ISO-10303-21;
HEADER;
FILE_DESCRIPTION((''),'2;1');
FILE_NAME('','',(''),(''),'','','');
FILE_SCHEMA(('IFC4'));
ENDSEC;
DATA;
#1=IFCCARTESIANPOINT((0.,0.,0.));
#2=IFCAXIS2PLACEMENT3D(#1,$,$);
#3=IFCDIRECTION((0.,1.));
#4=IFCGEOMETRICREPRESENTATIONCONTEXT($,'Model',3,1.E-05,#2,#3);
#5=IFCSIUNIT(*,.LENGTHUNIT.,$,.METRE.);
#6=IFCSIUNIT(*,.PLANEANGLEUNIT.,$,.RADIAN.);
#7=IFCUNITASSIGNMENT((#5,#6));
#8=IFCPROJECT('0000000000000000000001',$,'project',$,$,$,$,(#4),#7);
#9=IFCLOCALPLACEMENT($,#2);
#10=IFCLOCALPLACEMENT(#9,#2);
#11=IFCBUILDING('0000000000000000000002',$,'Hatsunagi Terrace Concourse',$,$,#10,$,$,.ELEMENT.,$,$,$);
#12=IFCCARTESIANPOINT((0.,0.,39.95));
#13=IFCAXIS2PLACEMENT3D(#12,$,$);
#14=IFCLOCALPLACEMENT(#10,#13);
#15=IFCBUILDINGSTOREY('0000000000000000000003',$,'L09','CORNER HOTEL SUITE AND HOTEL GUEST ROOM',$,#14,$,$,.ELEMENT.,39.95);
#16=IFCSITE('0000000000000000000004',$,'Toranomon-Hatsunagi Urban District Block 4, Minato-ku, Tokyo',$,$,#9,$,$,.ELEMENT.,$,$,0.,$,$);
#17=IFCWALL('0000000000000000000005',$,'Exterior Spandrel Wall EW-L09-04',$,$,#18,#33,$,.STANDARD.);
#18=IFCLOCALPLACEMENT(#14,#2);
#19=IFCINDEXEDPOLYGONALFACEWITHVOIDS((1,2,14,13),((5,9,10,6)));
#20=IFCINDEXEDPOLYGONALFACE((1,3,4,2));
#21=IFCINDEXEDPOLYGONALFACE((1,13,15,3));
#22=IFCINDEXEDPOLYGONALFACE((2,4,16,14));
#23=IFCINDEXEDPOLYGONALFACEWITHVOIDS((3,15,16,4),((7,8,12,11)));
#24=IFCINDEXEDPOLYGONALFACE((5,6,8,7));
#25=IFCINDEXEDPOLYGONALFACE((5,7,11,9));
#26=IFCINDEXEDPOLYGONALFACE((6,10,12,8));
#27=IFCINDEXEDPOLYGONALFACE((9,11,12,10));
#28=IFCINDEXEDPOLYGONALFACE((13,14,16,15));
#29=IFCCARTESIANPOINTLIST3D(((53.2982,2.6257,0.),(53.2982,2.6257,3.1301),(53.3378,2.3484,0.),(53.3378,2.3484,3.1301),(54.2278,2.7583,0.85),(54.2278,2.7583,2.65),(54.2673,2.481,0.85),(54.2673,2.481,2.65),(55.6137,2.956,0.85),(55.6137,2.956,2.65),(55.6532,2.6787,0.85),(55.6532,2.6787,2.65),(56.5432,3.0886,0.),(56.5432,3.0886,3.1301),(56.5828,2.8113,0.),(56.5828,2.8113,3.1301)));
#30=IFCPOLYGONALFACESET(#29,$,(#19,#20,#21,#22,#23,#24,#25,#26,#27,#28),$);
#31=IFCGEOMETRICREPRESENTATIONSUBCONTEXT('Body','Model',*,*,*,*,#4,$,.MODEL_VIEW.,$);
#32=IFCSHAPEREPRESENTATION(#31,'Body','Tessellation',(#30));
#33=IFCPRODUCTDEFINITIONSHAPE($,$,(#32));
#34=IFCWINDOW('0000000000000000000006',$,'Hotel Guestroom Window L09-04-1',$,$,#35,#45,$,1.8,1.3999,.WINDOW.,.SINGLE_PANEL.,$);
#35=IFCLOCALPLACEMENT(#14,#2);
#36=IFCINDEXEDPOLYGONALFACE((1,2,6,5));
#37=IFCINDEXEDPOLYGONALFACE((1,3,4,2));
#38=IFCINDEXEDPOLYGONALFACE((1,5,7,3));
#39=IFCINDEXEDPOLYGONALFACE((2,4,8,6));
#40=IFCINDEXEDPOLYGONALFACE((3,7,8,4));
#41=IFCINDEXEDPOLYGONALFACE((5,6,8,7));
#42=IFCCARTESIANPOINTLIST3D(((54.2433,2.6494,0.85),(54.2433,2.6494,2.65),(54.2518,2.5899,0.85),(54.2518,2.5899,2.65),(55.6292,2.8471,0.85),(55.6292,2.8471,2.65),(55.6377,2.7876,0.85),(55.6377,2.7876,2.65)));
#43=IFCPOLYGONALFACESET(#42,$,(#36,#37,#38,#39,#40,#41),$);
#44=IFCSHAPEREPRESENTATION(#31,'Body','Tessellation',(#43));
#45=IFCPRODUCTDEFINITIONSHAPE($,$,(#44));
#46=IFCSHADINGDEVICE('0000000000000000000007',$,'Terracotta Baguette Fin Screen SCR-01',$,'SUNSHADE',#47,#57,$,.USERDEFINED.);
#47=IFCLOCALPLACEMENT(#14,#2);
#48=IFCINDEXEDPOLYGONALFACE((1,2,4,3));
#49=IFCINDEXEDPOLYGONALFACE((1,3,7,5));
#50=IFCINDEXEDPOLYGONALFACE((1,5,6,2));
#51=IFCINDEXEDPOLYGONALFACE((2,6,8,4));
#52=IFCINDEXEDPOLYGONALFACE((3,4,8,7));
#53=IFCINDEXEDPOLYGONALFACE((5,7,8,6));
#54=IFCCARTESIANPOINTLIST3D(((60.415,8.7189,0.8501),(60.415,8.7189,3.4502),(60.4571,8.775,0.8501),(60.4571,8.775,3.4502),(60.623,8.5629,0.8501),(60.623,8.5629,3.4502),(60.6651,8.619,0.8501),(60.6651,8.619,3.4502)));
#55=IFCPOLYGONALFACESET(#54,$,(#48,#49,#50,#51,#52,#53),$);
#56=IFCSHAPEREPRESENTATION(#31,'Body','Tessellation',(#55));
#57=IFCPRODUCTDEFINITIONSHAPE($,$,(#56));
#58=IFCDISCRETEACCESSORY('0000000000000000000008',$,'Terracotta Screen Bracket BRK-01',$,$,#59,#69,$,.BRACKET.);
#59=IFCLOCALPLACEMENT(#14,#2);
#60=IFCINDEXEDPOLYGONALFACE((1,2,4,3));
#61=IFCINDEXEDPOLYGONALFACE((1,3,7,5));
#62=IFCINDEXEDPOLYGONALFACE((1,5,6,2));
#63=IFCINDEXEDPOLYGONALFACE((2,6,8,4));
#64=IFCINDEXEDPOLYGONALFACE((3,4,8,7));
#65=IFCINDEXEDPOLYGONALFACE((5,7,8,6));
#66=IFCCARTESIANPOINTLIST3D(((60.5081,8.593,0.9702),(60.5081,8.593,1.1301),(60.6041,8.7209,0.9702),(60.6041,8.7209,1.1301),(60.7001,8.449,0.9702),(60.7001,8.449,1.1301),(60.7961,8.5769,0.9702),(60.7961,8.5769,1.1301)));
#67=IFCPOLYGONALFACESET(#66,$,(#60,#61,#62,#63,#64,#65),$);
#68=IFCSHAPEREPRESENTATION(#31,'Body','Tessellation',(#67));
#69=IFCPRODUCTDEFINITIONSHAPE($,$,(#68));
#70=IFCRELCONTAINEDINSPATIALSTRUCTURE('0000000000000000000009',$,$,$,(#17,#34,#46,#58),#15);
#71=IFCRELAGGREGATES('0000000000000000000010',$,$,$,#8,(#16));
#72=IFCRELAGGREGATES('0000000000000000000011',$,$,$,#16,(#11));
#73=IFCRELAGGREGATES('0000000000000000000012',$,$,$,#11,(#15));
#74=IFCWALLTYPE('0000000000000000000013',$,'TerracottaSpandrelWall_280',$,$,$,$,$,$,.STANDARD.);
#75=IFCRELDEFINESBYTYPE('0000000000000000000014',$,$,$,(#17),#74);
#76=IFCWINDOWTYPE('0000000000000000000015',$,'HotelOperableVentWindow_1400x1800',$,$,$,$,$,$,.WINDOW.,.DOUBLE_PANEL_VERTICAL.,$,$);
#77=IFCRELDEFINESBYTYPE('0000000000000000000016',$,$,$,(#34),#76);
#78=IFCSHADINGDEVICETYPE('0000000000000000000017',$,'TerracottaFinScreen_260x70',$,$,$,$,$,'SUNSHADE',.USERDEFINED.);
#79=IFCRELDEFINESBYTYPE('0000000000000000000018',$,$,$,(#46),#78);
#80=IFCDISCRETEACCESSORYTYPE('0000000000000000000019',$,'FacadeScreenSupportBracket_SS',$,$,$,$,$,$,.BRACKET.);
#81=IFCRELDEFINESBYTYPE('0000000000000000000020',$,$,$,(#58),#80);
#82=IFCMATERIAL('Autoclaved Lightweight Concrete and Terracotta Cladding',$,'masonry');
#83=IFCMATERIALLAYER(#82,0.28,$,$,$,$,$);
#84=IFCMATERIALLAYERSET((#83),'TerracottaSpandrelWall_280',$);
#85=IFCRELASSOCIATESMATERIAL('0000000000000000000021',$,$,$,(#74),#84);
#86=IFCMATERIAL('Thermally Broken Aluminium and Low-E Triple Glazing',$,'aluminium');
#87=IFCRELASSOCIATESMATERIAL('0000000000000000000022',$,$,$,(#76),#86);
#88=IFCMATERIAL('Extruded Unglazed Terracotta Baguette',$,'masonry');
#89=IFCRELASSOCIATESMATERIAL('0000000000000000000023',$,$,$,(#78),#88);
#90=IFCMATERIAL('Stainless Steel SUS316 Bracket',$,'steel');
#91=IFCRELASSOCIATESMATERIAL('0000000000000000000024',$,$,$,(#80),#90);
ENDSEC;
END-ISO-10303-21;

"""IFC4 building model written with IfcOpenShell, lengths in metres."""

from ifc_helpers import new_model, si_unit, direction, frame, frame_2d, origin, origin_2d, place, context, subcontext, project, spatial, rectangle, extrude, material, layer, layer_set, type_object, element, fill, save


model = new_model("IFC4")

# Units and contexts
model_context = context("Model", 3, precision=1e-05, world=origin(), true_north=direction((0.0, 1.0)))
body_context = subcontext(model_context, "Body", "Model", "MODEL_VIEW")
ifc_project = project(units=[si_unit("LENGTHUNIT", "METRE"), si_unit("PLANEANGLEUNIT", "RADIAN")], contexts=[model_context])

# Site, building, storey
site_placement = place(None, origin())
site = spatial("IfcSite", under=ifc_project, at=site_placement, Name="Toranomon-Hatsunagi Urban District Block 4, Minato-ku, Tokyo", CompositionType="ELEMENT", RefElevation=0.0)
building_placement = place(site_placement, origin())
building = spatial("IfcBuilding", under=site, at=building_placement, Name="Hatsunagi Terrace Concourse", CompositionType="ELEMENT")
storey_placement = place(building_placement, frame((0.0, 0.0, 39.95)))
storey = spatial("IfcBuildingStorey", under=building, at=storey_placement, Name="L09", Description="CORNER HOTEL SUITE AND HOTEL GUEST ROOM", CompositionType="ELEMENT", Elevation=39.95)

# Wall, opening, window
ifc_material_1 = material(Name="Autoclaved Lightweight Concrete and Terracotta Cladding", Category="masonry")
ifc_layer_1 = layer(ifc_material_1, 0.28)
ifc_layer_set_1 = layer_set([ifc_layer_1], Name="TerracottaSpandrelWall_280")
wall_type_1 = type_object("IfcWallType", Name="TerracottaSpandrelWall_280", PredefinedType="STANDARD", material=ifc_layer_set_1)
wall_1_placement = place(storey_placement, frame((56.563, 2.95, 0.0), z_axis=(0.0, 0.0, 1.0), x_axis=(-0.989978, -0.141223, 0.0)))
wall_1 = element("IfcWall", 1, at=wall_1_placement, inside=storey, type_object=wall_type_1, Name="Exterior Spandrel Wall EW-L09-04", PredefinedType="STANDARD", context=body_context, shape_type="SweptSolid", body=[
    extrude(rectangle(XDim=3.2778, YDim=0.28, at=frame_2d((1.6389, 0.0))), origin(), (0.0, 0.0, 1.0), 3.1301),
])
opening_placement = place(wall_1_placement, frame((0.939, 0.0, 0.8501)))
opening = element("IfcOpeningElement", 2, at=opening_placement, cuts=wall_1, PredefinedType="OPENING", context=body_context, shape_type="SweptSolid", body=[
    extrude(rectangle(XDim=1.3999, YDim=1.8, at=frame_2d((0.7, 0.8999))), frame((0.0, 0.1499, 0.0), z_axis=(0.0, -1.0, 0.0), x_axis=(1.0, 0.0, 0.0)), (0.0, 0.0, 1.0), 0.3),
])
ifc_material_2 = material(Name="Thermally Broken Aluminium and Low-E Triple Glazing", Category="aluminium")
window_type = type_object("IfcWindowType", Name="HotelOperableVentWindow_1400x1800", PartitioningType="DOUBLE_PANEL_VERTICAL", PredefinedType="WINDOW", material=ifc_material_2)
window_placement = place(opening_placement, origin())
window = element("IfcWindow", 3, at=window_placement, inside=storey, type_object=window_type, Name="Hotel Guestroom Window L09-04-1", OverallHeight=1.8, OverallWidth=1.3999, PartitioningType="SINGLE_PANEL", PredefinedType="WINDOW", context=body_context, shape_type="SweptSolid", body=[
    extrude(rectangle(XDim=1.3999, YDim=1.8, at=frame_2d((0.7, 0.8999))), frame((0.0, 0.03, 0.0), z_axis=(0.0, -1.0, 0.0), x_axis=(1.0, 0.0, 0.0)), (0.0, 0.0, 1.0), 0.0601),
])
fill(opening, window)

# Shading device
ifc_material_3 = material(Name="Extruded Unglazed Terracotta Baguette", Category="masonry")
shading_device_type = type_object("IfcShadingDeviceType", Name="TerracottaFinScreen_260x70", ElementType="SUNSHADE", PredefinedType="USERDEFINED", material=ifc_material_3)
shading_device_placement = place(storey_placement, frame((60.54, 8.6689, 0.8501), z_axis=(0.0, 0.0, 1.0), x_axis=(-0.599969, -0.800023, 0.0)))
element("IfcShadingDevice", 4, at=shading_device_placement, inside=storey, type_object=shading_device_type, Name="Terracotta Baguette Fin Screen SCR-01", ObjectType="SUNSHADE", PredefinedType="USERDEFINED", context=body_context, shape_type="SweptSolid", body=[
    extrude(rectangle(XDim=0.0701, YDim=0.26, at=origin_2d()), origin(), (0.0, 0.0, 1.0), 2.6001),
])

# Discrete accessory
ifc_material_4 = material(Name="Stainless Steel SUS316 Bracket", Category="steel")
discrete_accessory_type = type_object("IfcDiscreteAccessoryType", Name="FacadeScreenSupportBracket_SS", PredefinedType="BRACKET", material=ifc_material_4)
discrete_accessory_placement = place(storey_placement, frame((60.6521, 8.585, 0.9702), z_axis=(0.0, 0.0, 1.0), x_axis=(-0.599969, -0.800023, 0.0)))
element("IfcDiscreteAccessory", 5, at=discrete_accessory_placement, inside=storey, type_object=discrete_accessory_type, Name="Terracotta Screen Bracket BRK-01", PredefinedType="BRACKET", context=body_context, shape_type="SweptSolid", body=[
    extrude(rectangle(XDim=0.1599, YDim=0.24, at=origin_2d()), origin(), (0.0, 0.0, 1.0), 0.1599),
])

save(model, "model.ifc")
